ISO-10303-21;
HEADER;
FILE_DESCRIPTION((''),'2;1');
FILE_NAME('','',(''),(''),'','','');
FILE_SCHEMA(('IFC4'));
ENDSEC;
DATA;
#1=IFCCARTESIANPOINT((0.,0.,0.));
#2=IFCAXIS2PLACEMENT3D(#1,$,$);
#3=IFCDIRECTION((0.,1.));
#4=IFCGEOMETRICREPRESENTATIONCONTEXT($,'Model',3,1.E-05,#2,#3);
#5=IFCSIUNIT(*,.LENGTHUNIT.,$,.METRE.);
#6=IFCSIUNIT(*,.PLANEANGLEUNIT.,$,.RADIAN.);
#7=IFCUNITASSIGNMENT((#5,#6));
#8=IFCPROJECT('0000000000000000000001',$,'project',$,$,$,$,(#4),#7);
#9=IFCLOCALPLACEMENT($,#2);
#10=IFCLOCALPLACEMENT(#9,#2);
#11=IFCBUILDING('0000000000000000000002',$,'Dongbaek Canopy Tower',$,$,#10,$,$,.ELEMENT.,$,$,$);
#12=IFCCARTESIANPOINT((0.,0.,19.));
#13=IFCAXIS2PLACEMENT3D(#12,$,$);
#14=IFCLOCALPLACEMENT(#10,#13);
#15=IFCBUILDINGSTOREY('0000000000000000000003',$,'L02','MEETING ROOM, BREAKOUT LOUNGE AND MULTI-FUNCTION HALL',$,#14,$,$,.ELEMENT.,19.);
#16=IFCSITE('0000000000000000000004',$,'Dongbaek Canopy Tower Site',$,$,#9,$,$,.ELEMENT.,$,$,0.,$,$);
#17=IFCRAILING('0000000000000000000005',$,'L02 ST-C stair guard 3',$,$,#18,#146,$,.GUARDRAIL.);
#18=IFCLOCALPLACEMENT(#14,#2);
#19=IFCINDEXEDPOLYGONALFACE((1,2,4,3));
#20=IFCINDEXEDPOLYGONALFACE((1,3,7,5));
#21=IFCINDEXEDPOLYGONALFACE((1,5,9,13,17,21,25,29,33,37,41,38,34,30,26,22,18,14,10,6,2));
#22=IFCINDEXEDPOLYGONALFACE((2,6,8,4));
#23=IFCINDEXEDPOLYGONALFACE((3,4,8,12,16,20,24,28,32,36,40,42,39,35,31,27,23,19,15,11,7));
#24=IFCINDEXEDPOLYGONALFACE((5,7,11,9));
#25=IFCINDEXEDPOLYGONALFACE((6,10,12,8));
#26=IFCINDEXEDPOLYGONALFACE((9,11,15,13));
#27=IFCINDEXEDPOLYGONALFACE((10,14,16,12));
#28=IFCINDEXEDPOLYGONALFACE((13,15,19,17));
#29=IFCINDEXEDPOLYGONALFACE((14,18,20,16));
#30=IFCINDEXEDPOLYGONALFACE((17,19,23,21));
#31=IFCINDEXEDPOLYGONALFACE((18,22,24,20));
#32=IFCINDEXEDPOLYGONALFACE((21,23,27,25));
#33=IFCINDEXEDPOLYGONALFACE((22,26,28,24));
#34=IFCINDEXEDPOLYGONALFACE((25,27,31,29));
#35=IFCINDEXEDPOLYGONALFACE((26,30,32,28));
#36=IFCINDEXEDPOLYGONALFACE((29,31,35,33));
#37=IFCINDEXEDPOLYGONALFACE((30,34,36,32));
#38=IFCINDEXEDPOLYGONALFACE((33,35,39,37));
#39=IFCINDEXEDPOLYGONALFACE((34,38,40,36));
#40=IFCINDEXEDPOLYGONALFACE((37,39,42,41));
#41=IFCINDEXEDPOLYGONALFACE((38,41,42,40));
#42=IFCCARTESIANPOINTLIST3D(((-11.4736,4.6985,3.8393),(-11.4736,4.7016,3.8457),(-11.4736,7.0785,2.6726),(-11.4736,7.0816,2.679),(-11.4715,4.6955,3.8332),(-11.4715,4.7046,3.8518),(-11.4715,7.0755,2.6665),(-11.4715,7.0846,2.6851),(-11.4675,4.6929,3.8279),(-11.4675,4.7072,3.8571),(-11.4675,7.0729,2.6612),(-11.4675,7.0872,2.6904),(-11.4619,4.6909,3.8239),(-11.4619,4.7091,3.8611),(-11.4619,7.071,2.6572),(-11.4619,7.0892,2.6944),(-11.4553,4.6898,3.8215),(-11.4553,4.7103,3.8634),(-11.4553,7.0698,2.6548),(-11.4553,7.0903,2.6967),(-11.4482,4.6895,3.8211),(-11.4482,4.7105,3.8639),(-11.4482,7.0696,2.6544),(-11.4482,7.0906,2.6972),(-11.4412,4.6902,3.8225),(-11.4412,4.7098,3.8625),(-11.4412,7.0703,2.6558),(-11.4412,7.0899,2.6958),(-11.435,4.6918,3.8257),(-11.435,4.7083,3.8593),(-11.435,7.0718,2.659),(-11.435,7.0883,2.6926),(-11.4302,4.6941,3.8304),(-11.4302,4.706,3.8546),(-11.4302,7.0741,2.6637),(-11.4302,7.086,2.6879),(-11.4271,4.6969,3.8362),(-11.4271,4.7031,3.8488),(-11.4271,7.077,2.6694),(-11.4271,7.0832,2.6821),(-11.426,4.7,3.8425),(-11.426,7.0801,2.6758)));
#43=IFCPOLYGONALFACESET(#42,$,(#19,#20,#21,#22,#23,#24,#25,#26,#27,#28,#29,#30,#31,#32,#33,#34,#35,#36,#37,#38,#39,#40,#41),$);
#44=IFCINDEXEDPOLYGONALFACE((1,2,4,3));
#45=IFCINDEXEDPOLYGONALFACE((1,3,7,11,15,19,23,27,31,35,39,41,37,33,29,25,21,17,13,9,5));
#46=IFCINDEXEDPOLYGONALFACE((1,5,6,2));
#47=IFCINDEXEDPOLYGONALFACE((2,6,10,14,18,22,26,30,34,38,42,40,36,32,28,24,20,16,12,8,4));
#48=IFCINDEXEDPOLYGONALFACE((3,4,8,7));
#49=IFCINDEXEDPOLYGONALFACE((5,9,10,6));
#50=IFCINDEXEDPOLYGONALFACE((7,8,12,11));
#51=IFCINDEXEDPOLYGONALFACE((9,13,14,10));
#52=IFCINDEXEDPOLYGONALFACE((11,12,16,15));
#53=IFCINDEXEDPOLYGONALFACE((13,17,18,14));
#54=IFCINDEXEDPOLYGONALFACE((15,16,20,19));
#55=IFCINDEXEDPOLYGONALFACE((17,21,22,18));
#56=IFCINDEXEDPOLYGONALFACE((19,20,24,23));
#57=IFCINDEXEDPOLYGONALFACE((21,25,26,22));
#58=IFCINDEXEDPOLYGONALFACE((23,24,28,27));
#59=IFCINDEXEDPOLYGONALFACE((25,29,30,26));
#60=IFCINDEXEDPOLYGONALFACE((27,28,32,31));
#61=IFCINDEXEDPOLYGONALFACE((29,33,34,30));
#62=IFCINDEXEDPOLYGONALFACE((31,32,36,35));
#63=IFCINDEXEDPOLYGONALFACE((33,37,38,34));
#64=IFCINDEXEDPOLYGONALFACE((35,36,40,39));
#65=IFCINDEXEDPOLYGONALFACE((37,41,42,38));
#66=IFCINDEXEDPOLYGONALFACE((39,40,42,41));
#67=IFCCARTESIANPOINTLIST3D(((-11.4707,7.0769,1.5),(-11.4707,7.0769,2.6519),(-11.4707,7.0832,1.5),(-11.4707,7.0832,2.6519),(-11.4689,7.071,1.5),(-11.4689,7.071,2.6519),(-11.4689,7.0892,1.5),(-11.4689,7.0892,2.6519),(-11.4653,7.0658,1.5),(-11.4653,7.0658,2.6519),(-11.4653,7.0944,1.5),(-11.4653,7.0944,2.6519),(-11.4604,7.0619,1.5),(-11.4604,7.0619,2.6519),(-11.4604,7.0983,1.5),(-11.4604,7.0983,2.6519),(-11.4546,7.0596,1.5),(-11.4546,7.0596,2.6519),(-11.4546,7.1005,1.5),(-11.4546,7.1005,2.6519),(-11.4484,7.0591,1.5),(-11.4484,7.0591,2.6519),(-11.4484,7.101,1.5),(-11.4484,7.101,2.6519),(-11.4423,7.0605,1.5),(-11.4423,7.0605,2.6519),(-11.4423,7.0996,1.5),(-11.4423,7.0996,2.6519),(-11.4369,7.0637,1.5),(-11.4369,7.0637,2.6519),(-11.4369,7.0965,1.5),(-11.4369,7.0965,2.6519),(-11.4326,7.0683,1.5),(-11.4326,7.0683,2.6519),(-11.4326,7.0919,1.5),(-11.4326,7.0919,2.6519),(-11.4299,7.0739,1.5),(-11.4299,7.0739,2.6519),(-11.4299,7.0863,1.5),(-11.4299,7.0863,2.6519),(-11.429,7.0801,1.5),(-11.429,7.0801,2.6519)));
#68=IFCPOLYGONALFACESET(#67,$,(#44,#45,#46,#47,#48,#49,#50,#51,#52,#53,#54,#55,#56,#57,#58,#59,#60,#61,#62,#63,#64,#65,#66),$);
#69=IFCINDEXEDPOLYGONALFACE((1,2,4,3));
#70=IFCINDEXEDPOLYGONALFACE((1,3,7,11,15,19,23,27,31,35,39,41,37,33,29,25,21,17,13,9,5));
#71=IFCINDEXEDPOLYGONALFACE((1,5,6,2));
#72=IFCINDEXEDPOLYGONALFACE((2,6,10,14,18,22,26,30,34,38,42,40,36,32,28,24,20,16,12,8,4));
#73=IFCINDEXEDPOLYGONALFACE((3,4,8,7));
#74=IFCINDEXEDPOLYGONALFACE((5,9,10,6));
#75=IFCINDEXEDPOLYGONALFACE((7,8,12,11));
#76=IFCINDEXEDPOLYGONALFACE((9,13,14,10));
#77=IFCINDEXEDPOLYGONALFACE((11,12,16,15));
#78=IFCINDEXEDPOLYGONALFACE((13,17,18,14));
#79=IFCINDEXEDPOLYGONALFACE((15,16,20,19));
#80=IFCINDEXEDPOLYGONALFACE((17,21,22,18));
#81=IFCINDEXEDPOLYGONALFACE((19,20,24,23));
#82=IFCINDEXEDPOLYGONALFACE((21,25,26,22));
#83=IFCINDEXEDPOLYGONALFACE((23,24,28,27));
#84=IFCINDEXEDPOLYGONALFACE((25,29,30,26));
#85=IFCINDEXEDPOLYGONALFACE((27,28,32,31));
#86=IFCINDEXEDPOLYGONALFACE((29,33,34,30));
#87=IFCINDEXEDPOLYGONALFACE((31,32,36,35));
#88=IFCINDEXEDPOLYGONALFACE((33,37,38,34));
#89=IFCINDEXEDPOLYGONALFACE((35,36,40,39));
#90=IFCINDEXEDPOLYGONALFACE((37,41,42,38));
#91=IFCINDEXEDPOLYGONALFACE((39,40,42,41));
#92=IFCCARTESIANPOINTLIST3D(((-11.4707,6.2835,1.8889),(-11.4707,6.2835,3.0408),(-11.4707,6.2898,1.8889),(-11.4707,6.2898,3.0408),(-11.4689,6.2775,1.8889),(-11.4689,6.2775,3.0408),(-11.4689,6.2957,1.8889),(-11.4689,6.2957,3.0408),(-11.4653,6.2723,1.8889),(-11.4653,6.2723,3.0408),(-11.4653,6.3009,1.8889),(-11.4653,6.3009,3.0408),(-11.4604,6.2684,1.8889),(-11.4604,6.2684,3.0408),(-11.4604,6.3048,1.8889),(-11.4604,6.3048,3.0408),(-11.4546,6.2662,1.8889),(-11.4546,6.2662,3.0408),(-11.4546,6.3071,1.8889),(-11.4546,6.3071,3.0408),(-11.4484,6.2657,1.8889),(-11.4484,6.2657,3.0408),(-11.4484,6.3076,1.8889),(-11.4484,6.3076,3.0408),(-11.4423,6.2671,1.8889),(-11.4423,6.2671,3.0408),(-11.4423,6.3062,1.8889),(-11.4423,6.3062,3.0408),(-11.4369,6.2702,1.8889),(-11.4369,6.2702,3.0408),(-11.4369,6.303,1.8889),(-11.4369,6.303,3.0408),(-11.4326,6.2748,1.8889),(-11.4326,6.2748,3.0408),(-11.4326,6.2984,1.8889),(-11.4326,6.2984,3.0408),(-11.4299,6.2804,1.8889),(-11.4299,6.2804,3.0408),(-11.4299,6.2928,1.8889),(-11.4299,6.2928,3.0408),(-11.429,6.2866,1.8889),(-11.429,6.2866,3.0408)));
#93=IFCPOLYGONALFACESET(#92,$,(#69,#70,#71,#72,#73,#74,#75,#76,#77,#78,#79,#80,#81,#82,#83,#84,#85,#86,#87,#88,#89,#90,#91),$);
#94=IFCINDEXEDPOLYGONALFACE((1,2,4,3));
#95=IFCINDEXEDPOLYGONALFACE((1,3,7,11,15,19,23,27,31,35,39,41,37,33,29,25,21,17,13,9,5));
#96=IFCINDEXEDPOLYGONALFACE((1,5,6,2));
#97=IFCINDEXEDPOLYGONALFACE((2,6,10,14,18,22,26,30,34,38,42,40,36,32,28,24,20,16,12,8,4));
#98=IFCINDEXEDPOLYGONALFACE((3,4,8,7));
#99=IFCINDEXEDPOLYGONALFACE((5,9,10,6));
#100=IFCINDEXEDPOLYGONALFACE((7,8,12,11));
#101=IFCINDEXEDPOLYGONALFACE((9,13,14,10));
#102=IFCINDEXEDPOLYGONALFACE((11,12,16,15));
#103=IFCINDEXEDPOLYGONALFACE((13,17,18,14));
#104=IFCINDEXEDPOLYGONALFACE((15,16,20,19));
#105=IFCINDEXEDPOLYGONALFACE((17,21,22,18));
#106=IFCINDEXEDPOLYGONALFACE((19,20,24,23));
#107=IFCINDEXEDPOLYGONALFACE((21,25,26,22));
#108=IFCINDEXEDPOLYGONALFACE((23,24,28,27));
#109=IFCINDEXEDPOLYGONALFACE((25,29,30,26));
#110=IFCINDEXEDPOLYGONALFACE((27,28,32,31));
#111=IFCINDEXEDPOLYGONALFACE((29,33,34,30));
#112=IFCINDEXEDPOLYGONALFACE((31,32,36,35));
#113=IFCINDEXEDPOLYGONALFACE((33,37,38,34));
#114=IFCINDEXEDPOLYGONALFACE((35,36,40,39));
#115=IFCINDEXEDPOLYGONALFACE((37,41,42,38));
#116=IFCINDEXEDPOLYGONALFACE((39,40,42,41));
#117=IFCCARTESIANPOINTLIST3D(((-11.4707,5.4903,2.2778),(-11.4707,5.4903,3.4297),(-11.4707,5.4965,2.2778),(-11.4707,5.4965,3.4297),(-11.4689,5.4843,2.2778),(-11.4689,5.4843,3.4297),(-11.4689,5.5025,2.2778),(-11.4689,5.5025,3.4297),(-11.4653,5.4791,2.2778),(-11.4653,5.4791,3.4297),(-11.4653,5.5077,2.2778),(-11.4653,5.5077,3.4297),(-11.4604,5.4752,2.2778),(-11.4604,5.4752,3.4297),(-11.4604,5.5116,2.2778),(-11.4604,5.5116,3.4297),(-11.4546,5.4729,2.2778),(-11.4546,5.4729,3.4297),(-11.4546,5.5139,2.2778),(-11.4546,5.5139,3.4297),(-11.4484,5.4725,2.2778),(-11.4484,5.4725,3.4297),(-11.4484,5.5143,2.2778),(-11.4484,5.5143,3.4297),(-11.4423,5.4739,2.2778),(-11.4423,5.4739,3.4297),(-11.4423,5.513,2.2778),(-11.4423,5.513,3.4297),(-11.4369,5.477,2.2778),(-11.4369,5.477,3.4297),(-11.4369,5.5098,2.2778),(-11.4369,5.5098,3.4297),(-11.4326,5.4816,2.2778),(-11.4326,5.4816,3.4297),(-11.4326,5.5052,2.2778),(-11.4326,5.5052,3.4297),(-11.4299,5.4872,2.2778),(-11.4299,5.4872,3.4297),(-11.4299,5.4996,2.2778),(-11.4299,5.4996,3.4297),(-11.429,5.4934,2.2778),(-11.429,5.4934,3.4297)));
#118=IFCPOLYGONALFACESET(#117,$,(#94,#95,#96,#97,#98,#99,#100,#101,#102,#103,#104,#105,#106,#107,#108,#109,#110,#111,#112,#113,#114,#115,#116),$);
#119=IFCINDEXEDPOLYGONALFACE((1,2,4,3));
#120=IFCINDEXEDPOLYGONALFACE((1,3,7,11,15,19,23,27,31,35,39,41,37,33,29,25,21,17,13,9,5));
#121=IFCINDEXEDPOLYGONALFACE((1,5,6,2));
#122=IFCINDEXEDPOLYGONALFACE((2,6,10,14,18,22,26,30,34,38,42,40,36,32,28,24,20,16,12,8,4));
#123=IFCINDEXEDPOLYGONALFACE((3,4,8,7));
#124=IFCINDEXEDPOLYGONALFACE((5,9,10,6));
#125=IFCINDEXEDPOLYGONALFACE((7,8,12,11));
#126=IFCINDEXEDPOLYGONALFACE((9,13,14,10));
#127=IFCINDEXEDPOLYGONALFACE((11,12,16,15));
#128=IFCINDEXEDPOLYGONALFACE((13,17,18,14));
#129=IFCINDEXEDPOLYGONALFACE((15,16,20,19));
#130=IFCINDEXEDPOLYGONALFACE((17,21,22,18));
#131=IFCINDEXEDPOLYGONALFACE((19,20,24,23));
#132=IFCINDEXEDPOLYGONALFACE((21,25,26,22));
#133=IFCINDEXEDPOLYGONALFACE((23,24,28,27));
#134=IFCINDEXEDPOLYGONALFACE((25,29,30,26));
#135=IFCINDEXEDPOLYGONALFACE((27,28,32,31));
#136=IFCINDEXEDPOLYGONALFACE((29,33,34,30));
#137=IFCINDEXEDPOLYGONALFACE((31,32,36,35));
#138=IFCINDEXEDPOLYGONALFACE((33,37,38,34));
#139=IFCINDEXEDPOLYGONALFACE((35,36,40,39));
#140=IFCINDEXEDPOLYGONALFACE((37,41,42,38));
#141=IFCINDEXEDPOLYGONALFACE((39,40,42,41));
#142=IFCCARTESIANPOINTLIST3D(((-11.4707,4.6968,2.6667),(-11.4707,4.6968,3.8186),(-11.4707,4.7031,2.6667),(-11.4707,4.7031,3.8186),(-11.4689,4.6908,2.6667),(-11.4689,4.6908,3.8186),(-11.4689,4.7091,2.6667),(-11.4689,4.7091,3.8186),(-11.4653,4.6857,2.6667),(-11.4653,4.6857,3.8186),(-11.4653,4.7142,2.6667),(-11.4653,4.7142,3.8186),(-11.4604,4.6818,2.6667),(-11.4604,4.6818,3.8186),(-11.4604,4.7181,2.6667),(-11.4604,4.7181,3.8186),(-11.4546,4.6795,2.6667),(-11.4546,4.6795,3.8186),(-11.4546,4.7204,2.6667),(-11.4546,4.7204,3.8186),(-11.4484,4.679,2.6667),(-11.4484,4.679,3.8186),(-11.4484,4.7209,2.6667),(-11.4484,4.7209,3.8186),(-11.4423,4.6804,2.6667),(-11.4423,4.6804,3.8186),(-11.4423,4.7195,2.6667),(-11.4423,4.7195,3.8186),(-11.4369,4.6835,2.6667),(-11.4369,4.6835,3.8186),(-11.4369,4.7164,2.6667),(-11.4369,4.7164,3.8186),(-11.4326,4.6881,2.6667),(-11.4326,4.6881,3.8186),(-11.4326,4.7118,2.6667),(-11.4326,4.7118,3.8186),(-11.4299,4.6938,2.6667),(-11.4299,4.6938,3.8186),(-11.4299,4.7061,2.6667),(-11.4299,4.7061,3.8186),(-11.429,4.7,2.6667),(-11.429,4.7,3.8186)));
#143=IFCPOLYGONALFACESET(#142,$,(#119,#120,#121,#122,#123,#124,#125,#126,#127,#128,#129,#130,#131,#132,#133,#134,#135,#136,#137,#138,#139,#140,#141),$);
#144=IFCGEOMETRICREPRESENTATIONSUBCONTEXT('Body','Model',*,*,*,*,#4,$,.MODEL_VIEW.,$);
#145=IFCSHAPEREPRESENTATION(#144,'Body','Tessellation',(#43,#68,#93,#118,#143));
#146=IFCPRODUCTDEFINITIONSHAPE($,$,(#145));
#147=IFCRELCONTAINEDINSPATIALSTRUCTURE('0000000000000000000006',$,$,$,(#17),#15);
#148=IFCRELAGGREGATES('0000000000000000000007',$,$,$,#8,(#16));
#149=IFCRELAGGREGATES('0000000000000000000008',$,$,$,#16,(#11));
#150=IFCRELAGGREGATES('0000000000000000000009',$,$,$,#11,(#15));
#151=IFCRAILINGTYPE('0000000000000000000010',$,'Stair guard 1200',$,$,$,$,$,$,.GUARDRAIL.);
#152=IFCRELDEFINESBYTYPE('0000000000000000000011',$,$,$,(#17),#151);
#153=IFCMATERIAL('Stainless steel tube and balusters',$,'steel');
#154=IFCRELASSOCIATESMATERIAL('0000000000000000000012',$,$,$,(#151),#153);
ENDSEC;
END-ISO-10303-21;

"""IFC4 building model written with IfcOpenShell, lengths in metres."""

from ifc_helpers import new_model, si_unit, direction, frame, origin, origin_2d, place, context, subcontext, project, spatial, circle, extrude, material, type_object, element, save


model = new_model("IFC4")

# Units and contexts
model_context = context("Model", 3, precision=1e-05, world=origin(), true_north=direction((0.0, 1.0)))
body_context = subcontext(model_context, "Body", "Model", "MODEL_VIEW")
ifc_project = project(units=[si_unit("LENGTHUNIT", "METRE"), si_unit("PLANEANGLEUNIT", "RADIAN")], contexts=[model_context])

# Site, building, storey
site_placement = place(None, origin())
site = spatial("IfcSite", under=ifc_project, at=site_placement, Name="Dongbaek Canopy Tower Site", CompositionType="ELEMENT", RefElevation=0.0)
building_placement = place(site_placement, origin())
building = spatial("IfcBuilding", under=site, at=building_placement, Name="Dongbaek Canopy Tower", CompositionType="ELEMENT")
storey_placement = place(building_placement, frame((0.0, 0.0, 19.0)))
storey = spatial("IfcBuildingStorey", under=building, at=storey_placement, Name="L02", Description="MEETING ROOM, BREAKOUT LOUNGE AND MULTI-FUNCTION HALL", CompositionType="ELEMENT", Elevation=19.0)

# Railing
ifc_material_1 = material(Name="Stainless steel tube and balusters", Category="steel")
railing_type_1 = type_object("IfcRailingType", Name="Stair guard 1200", PredefinedType="GUARDRAIL", material=ifc_material_1)
railing_1_placement = place(storey_placement, frame((-11.45, 7.0801, 1.5)))
element("IfcRailing", 1, at=railing_1_placement, inside=storey, type_object=railing_type_1, Name="L02 ST-C stair guard 3", PredefinedType="GUARDRAIL", context=body_context, shape_type="SweptSolid", body=[
    extrude(circle(Radius=0.0239, at=origin_2d()), frame((0.0, 0.0, 1.1758), z_axis=(0.0, -0.897918, 0.440163), x_axis=(1.0, 0.0, 0.0)), (0.0, 0.0, 1.0), 2.6506),
    extrude(circle(Radius=0.021, at=origin_2d()), origin(), (0.0, 0.0, 1.0), 1.1519),
    extrude(circle(Radius=0.021, at=origin_2d()), frame((0.0, -0.7935, 0.3889)), (0.0, 0.0, 1.0), 1.1519),
    extrude(circle(Radius=0.021, at=origin_2d()), frame((0.0, -1.5867, 0.7778)), (0.0, 0.0, 1.0), 1.1519),
    extrude(circle(Radius=0.021, at=origin_2d()), frame((0.0, -2.3801, 1.1667)), (0.0, 0.0, 1.0), 1.1519),
])

save(model, "model.ifc")
